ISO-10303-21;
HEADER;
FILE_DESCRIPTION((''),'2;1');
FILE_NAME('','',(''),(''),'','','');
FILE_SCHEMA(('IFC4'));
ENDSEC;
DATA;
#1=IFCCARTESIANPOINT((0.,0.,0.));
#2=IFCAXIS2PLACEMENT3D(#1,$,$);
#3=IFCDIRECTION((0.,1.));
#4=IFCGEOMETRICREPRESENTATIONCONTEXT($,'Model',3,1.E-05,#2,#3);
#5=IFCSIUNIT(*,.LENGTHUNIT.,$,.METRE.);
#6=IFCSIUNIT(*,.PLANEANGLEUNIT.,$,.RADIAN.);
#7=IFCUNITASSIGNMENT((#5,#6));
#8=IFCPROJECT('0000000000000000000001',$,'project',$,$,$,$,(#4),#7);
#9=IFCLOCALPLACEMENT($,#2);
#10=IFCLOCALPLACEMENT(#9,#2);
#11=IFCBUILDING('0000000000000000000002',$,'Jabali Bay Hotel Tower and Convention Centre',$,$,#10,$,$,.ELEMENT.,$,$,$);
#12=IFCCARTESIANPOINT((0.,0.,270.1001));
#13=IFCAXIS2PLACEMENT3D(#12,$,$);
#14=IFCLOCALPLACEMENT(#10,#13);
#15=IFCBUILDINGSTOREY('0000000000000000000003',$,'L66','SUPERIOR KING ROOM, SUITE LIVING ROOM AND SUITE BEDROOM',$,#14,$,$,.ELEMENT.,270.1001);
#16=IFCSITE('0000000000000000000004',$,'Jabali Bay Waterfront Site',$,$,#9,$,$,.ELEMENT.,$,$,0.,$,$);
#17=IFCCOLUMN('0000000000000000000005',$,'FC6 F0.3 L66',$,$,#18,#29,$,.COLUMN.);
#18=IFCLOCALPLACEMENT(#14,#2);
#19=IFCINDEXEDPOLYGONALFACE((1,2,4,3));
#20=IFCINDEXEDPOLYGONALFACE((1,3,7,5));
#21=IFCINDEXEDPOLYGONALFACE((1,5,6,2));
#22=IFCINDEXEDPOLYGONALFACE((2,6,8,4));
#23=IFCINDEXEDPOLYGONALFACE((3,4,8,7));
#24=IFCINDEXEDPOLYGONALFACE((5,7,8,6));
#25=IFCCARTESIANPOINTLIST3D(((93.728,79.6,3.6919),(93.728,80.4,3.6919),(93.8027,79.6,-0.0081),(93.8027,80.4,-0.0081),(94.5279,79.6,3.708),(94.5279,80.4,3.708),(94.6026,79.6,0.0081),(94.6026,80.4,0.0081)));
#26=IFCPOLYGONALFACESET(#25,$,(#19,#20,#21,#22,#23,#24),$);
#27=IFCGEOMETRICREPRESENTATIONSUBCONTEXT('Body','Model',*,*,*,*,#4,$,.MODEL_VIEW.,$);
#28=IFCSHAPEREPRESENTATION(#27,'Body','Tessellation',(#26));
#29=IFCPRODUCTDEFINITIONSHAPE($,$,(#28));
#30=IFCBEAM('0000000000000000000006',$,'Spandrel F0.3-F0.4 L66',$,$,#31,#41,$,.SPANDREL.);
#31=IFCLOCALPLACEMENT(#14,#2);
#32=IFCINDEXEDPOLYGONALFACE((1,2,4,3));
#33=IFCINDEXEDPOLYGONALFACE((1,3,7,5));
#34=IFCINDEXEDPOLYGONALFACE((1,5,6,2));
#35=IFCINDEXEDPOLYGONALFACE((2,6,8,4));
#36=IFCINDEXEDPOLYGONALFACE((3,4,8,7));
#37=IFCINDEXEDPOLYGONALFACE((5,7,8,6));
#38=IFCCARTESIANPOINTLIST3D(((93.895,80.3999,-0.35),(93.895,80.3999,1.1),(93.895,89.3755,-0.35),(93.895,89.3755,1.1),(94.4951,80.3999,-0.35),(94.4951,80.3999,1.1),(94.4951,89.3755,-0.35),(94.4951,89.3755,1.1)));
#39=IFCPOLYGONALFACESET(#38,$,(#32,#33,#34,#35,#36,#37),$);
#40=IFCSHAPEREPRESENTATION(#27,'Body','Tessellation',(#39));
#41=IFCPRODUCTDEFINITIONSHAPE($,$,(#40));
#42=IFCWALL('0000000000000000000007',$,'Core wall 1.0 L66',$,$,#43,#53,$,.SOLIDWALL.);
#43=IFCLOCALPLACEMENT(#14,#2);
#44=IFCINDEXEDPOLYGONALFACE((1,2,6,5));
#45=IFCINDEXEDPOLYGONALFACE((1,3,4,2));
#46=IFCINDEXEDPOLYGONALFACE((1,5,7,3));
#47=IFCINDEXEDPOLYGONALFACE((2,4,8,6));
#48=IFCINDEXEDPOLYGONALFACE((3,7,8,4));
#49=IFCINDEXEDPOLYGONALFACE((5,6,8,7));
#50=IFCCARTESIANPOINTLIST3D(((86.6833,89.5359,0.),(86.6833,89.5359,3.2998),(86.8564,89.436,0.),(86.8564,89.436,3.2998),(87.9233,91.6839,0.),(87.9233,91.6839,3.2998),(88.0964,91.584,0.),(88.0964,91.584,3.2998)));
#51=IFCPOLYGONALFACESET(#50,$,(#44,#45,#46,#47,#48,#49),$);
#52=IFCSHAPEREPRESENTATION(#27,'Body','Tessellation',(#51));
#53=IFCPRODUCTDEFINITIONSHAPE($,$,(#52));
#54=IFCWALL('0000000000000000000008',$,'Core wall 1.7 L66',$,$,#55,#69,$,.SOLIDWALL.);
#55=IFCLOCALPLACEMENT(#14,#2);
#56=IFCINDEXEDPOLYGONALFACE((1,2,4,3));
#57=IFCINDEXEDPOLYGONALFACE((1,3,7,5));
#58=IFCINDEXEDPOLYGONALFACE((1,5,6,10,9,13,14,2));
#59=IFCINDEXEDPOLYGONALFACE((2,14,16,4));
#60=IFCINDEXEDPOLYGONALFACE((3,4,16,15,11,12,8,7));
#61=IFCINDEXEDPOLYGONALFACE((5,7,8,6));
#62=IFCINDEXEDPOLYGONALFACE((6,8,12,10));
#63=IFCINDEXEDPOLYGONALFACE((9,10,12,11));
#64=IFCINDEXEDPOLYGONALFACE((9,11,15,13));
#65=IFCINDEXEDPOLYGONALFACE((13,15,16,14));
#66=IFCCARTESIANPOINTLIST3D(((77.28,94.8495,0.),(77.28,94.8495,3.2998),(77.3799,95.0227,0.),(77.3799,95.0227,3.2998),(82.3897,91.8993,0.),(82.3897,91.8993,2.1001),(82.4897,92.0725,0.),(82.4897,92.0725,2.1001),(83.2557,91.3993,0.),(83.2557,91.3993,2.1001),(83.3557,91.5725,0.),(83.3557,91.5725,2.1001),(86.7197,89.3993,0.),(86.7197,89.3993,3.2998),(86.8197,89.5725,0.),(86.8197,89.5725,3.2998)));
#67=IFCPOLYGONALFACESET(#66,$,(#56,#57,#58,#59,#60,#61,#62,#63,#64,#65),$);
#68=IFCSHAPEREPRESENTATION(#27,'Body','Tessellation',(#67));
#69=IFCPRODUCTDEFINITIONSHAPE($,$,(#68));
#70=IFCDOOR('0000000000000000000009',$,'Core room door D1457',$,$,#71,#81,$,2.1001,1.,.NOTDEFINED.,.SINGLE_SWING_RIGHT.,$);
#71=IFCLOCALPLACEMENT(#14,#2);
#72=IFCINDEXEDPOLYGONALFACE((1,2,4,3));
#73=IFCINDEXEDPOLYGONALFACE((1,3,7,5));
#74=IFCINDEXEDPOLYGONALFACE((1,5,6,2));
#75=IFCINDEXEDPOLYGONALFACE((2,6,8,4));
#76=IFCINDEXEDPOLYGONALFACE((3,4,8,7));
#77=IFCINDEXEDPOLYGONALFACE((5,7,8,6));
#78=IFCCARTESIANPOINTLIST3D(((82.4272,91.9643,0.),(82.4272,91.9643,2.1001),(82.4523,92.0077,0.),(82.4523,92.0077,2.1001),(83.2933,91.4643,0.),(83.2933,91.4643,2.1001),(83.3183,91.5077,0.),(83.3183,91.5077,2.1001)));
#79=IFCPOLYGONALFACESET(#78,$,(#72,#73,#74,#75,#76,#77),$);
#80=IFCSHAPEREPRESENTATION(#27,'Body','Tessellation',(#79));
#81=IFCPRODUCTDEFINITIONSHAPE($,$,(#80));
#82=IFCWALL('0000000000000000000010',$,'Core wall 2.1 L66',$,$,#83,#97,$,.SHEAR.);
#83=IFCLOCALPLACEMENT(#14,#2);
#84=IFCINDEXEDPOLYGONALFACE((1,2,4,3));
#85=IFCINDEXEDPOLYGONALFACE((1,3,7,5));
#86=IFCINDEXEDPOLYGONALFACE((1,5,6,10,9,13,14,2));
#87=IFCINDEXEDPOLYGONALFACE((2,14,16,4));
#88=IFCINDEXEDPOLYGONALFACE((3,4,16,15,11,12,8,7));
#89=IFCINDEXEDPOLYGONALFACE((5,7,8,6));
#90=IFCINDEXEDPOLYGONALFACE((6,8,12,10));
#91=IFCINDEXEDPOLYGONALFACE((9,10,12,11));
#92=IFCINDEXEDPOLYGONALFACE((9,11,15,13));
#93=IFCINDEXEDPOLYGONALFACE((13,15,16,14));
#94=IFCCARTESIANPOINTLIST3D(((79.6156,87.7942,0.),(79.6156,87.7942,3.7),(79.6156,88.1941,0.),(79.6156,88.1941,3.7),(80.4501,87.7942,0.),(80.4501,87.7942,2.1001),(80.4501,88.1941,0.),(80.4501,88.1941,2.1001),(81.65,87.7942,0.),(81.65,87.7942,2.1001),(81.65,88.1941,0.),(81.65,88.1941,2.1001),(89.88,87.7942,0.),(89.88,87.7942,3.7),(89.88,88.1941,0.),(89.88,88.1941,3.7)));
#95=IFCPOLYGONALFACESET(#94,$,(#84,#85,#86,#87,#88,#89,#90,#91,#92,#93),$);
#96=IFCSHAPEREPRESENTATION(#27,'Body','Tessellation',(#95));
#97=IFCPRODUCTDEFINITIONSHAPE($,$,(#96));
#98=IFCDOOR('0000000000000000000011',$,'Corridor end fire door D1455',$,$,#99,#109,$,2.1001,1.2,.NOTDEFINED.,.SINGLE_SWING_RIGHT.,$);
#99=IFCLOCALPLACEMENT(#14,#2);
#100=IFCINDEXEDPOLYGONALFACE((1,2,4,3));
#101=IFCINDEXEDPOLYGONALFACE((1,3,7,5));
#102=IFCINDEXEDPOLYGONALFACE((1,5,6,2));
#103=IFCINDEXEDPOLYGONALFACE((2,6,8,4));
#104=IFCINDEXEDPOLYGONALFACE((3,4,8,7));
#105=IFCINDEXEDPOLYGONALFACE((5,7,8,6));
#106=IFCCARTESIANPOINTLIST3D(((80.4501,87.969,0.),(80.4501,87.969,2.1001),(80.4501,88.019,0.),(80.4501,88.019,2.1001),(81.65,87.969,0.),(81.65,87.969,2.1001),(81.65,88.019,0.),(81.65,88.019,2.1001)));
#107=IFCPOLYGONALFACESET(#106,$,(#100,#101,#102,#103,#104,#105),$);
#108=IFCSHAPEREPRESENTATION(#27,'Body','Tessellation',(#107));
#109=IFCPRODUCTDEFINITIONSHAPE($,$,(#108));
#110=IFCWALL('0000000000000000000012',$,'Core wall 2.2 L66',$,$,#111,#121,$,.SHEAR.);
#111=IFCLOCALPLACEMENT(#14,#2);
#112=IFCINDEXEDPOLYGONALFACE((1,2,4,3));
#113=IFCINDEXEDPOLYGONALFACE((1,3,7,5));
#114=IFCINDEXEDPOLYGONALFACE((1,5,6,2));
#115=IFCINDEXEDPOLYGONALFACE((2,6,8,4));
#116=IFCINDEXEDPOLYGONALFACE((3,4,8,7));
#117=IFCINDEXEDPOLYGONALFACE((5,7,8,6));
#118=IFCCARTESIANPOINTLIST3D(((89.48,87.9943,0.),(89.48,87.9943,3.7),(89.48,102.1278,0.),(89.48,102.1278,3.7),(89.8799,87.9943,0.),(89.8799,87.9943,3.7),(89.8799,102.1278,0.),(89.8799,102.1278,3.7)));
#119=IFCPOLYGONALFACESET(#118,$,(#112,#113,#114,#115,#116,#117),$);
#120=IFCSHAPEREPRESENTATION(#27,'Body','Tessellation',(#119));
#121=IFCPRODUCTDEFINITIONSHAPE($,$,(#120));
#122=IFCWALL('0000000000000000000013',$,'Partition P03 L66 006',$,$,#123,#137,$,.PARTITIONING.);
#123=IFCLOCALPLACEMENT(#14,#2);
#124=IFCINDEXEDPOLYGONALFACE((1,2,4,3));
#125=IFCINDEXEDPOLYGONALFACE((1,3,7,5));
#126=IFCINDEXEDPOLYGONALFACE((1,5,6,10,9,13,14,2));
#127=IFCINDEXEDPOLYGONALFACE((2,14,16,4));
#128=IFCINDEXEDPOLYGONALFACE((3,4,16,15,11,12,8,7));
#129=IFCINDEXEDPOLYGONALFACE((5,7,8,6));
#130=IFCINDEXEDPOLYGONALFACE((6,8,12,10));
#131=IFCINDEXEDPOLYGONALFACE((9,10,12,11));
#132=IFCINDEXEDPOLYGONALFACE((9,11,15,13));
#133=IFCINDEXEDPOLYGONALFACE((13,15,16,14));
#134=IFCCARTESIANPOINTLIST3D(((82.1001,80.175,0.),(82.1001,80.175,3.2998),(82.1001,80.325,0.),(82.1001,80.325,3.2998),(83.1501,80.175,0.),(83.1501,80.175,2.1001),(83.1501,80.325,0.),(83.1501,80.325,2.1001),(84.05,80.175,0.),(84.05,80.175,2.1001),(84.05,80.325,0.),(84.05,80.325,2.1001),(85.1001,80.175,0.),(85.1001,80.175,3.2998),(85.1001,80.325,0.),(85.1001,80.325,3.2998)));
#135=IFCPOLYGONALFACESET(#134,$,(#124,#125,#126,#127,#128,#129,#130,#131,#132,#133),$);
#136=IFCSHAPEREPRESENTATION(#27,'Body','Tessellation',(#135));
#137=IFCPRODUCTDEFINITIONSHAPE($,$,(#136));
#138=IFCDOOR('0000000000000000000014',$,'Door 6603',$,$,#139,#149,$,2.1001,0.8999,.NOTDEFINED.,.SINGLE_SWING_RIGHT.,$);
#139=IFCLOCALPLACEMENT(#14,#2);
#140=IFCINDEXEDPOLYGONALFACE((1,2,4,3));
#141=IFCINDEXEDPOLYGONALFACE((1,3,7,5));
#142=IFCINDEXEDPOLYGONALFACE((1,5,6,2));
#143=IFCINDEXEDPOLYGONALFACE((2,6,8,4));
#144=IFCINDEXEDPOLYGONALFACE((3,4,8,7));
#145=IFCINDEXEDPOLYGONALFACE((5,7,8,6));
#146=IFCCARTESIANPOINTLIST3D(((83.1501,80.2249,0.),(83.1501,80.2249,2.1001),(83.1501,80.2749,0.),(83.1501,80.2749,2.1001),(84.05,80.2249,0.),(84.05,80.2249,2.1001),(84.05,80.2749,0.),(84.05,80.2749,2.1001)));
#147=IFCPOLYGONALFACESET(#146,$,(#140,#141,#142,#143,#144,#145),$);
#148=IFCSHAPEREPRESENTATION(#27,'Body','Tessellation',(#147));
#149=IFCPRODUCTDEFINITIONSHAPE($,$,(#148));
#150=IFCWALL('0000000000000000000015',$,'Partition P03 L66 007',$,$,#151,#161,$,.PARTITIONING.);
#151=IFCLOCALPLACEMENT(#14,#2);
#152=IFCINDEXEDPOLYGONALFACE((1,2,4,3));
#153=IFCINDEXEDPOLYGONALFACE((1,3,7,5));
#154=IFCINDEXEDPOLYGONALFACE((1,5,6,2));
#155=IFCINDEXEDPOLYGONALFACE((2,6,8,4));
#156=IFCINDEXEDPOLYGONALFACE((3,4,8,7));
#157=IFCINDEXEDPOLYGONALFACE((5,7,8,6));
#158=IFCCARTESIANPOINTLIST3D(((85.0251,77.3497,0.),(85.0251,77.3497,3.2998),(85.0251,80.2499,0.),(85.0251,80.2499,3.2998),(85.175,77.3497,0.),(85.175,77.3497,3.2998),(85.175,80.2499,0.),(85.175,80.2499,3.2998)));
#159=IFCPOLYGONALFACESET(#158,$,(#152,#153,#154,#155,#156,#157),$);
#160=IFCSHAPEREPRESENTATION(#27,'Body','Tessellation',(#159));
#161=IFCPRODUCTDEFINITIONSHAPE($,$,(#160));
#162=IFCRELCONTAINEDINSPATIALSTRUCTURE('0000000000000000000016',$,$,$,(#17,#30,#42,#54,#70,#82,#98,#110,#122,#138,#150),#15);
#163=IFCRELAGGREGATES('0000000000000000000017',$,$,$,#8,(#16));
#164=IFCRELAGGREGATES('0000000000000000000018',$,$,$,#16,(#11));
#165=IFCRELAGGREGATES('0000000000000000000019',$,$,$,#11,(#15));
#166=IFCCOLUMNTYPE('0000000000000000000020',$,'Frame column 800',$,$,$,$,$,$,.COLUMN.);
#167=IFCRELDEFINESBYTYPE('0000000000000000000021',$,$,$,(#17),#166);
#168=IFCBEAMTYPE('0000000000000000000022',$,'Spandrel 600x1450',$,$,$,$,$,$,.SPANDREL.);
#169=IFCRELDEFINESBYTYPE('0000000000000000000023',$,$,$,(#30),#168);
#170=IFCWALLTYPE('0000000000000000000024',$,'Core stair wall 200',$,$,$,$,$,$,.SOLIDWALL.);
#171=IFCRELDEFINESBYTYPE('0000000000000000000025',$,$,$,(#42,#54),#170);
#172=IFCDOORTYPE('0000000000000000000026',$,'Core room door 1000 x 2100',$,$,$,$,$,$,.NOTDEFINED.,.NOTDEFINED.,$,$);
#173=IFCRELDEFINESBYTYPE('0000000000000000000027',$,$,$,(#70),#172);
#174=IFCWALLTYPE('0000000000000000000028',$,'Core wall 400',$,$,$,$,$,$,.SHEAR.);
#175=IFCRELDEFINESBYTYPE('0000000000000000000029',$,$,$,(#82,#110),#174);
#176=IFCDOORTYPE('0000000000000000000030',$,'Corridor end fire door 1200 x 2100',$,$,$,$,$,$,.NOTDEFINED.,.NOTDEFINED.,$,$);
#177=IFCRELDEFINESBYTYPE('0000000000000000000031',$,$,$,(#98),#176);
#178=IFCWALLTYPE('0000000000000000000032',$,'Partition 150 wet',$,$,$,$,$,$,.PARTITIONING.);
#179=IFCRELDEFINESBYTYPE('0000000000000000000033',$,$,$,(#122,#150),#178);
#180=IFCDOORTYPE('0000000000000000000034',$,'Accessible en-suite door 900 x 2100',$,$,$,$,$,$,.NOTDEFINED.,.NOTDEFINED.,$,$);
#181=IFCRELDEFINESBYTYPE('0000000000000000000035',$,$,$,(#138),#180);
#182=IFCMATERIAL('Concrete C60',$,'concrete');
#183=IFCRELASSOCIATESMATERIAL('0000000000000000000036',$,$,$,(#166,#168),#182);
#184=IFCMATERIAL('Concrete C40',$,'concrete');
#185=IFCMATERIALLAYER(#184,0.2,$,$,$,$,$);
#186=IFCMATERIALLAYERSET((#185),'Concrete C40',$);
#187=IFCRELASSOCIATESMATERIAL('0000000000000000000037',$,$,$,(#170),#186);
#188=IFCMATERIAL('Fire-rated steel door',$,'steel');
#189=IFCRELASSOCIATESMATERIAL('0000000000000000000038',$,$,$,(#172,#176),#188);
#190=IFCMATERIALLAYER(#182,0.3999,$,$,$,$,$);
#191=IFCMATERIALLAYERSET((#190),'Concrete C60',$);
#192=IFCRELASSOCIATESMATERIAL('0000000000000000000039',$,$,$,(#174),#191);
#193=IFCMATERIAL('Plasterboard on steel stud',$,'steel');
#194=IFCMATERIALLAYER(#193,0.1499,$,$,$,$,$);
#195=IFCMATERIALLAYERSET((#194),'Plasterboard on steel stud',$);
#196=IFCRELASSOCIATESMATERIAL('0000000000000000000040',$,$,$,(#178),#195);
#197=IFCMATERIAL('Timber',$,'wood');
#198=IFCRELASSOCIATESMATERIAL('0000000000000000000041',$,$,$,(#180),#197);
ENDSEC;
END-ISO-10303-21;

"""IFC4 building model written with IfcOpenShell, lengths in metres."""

from ifc_helpers import new_model, si_unit, direction, frame, frame_2d, origin, origin_2d, place, context, subcontext, project, spatial, rectangle, extrude, material, layer, layer_set, material_profile, profile_set, type_object, element, fill, save


model = new_model("IFC4")

# Units and contexts
model_context = context("Model", 3, precision=1e-05, world=origin(), true_north=direction((0.0, 1.0)))
body_context = subcontext(model_context, "Body", "Model", "MODEL_VIEW")
ifc_project = project(units=[si_unit("LENGTHUNIT", "METRE"), si_unit("PLANEANGLEUNIT", "RADIAN")], contexts=[model_context])

# Site, building, storey
site_placement = place(None, origin())
site = spatial("IfcSite", under=ifc_project, at=site_placement, Name="Jabali Bay Waterfront Site", CompositionType="ELEMENT", RefElevation=0.0)
building_placement = place(site_placement, origin())
building = spatial("IfcBuilding", under=site, at=building_placement, Name="Jabali Bay Hotel Tower and Convention Centre", CompositionType="ELEMENT")
storey_placement = place(building_placement, frame((0.0, 0.0, 270.1001)))
storey = spatial("IfcBuildingStorey", under=building, at=storey_placement, Name="L66", Description="SUPERIOR KING ROOM, SUITE LIVING ROOM AND SUITE BEDROOM", CompositionType="ELEMENT", Elevation=270.1001)

# Column
ifc_material_1 = material(Name="Concrete C60", Category="concrete")
ifc_material_profile_1 = material_profile(ifc_material_1, rectangle(XDim=0.8, YDim=0.8, at=origin_2d()), Name="Frame column 800")
ifc_profile_set_1 = profile_set([ifc_material_profile_1], Name="Concrete C60")
column_type = type_object("IfcColumnType", Name="Frame column 800", PredefinedType="COLUMN", material=ifc_profile_set_1)
column_placement = place(storey_placement, frame((94.2026, 80.0, 0.0), z_axis=(-0.020187, 0.0, 0.999796), x_axis=(0.0, -1.0, 0.0)))
element("IfcColumn", 1, at=column_placement, inside=storey, type_object=column_type, Name="FC6 F0.3 L66", PredefinedType="COLUMN", context=body_context, shape_type="SweptSolid", body=[
    extrude(rectangle(XDim=0.8, YDim=0.8, at=origin_2d()), origin(), (0.0, 0.0, 1.0), 3.7007),
])

# Beam
ifc_material_profile_2 = material_profile(ifc_material_1, rectangle(XDim=0.6001, YDim=1.45, at=origin_2d()), Name="Spandrel 600x1450")
ifc_profile_set_2 = profile_set([ifc_material_profile_2], Name="Concrete C60")
beam_type = type_object("IfcBeamType", Name="Spandrel 600x1450", PredefinedType="SPANDREL", material=ifc_profile_set_2)
beam_placement = place(storey_placement, frame((94.1951, 80.3999, 0.375), z_axis=(0.0, 1.0, 0.0), x_axis=(-1.0, 0.0, 0.0)))
element("IfcBeam", 2, at=beam_placement, inside=storey, type_object=beam_type, Name="Spandrel F0.3-F0.4 L66", PredefinedType="SPANDREL", context=body_context, shape_type="SweptSolid", body=[
    extrude(rectangle(XDim=0.6001, YDim=1.45, at=origin_2d()), origin(), (0.0, 0.0, 1.0), 8.9756),
])

# Wall
ifc_material_2 = material(Name="Concrete C40", Category="concrete")
ifc_layer_1 = layer(ifc_material_2, 0.2)
ifc_layer_set_1 = layer_set([ifc_layer_1], Name="Concrete C40")
wall_type_1 = type_object("IfcWallType", Name="Core stair wall 200", PredefinedType="SOLIDWALL", material=ifc_layer_set_1)
wall_1_placement = place(storey_placement, frame((86.7698, 89.4858, 0.0), z_axis=(0.0, 0.0, 1.0), x_axis=(0.499961, 0.866048, 0.0)))
element("IfcWall", 3, at=wall_1_placement, inside=storey, type_object=wall_type_1, Name="Core wall 1.0 L66", PredefinedType="SOLIDWALL", context=body_context, shape_type="SweptSolid", body=[
    extrude(rectangle(XDim=2.4802, YDim=0.2, at=frame_2d((1.2402, 0.0))), origin(), (0.0, 0.0, 1.0), 3.2998),
])

# Walls, openings, doors
wall_2_placement = place(storey_placement, frame((86.7698, 89.4858, 0.0), z_axis=(0.0, 0.0, 1.0), x_axis=(-0.866018, 0.500013, 0.0)))
wall_2 = element("IfcWall", 4, at=wall_2_placement, inside=storey, type_object=wall_type_1, Name="Core wall 1.7 L66", PredefinedType="SOLIDWALL", context=body_context, shape_type="SweptSolid", body=[
    extrude(rectangle(XDim=10.9001, YDim=0.2, at=frame_2d((5.4502, 0.0))), origin(), (0.0, 0.0, 1.0), 3.2998),
])
opening_1_placement = place(wall_2_placement, frame((4.0, 0.0, 0.0)))
opening_1 = element("IfcOpeningElement", 5, at=opening_1_placement, cuts=wall_2, PredefinedType="OPENING", context=body_context, shape_type="SweptSolid", body=[
    extrude(rectangle(XDim=1.0, YDim=2.1001, at=frame_2d((0.5, 1.05))), frame((0.0, 0.1104, 0.0), z_axis=(0.0, -1.0, 0.0), x_axis=(1.0, 0.0, 0.0)), (0.0, 0.0, 1.0), 0.2209),
])
ifc_material_3 = material(Name="Fire-rated steel door", Category="steel")
door_type_1 = type_object("IfcDoorType", Name="Core room door 1000 x 2100", OperationType="NOTDEFINED", PredefinedType="NOTDEFINED", material=ifc_material_3)
door_1_placement = place(opening_1_placement, origin())
door_1 = element("IfcDoor", 6, at=door_1_placement, inside=storey, type_object=door_type_1, Name="Core room door D1457", OperationType="SINGLE_SWING_RIGHT", OverallHeight=2.1001, OverallWidth=1.0, PredefinedType="NOTDEFINED", context=body_context, shape_type="SweptSolid", body=[
    extrude(rectangle(XDim=1.0, YDim=2.1001, at=frame_2d((0.5, 1.05))), frame((0.0, 0.0249, 0.0), z_axis=(0.0, -1.0, 0.0), x_axis=(1.0, 0.0, 0.0)), (0.0, 0.0, 1.0), 0.05),
])
fill(opening_1, door_1)
ifc_layer_2 = layer(ifc_material_1, 0.3999)
ifc_layer_set_2 = layer_set([ifc_layer_2], Name="Concrete C60")
wall_type_2 = type_object("IfcWallType", Name="Core wall 400", PredefinedType="SHEAR", material=ifc_layer_set_2)
wall_3_placement = place(storey_placement, frame((79.6155, 87.9941, 0.0), z_axis=(0.0, 0.0, 1.0), x_axis=(1.0, 0.0, 0.0)))
wall_3 = element("IfcWall", 7, at=wall_3_placement, inside=storey, type_object=wall_type_2, Name="Core wall 2.1 L66", PredefinedType="SHEAR", context=body_context, shape_type="SweptSolid", body=[
    extrude(rectangle(XDim=10.2644, YDim=0.3999, at=frame_2d((5.1323, 0.0))), origin(), (0.0, 0.0, 1.0), 3.7),
])
opening_2_placement = place(wall_3_placement, frame((0.8345, 0.0, 0.0)))
opening_2 = element("IfcOpeningElement", 8, at=opening_2_placement, cuts=wall_3, PredefinedType="OPENING", context=body_context, shape_type="SweptSolid", body=[
    extrude(rectangle(XDim=1.2, YDim=2.1001, at=frame_2d((0.6001, 1.05))), frame((0.0, 0.2104, 0.0), z_axis=(0.0, -1.0, 0.0), x_axis=(1.0, 0.0, 0.0)), (0.0, 0.0, 1.0), 0.4209),
])
door_type_2 = type_object("IfcDoorType", Name="Corridor end fire door 1200 x 2100", OperationType="NOTDEFINED", PredefinedType="NOTDEFINED", material=ifc_material_3)
door_2_placement = place(opening_2_placement, origin())
door_2 = element("IfcDoor", 9, at=door_2_placement, inside=storey, type_object=door_type_2, Name="Corridor end fire door D1455", OperationType="SINGLE_SWING_RIGHT", OverallHeight=2.1001, OverallWidth=1.2, PredefinedType="NOTDEFINED", context=body_context, shape_type="SweptSolid", body=[
    extrude(rectangle(XDim=1.2, YDim=2.1001, at=frame_2d((0.6001, 1.05))), frame((0.0, 0.0249, 0.0), z_axis=(0.0, -1.0, 0.0), x_axis=(1.0, 0.0, 0.0)), (0.0, 0.0, 1.0), 0.05),
])
fill(opening_2, door_2)

# Wall
wall_4_placement = place(storey_placement, frame((89.6799, 87.9941, 0.0), z_axis=(0.0, 0.0, 1.0), x_axis=(0.0, 1.0, 0.0)))
element("IfcWall", 10, at=wall_4_placement, inside=storey, type_object=wall_type_2, Name="Core wall 2.2 L66", PredefinedType="SHEAR", context=body_context, shape_type="SweptSolid", body=[
    extrude(rectangle(XDim=14.1335, YDim=0.3999, at=frame_2d((7.0669, 0.0))), origin(), (0.0, 0.0, 1.0), 3.7),
])

# Wall, opening, door
ifc_material_4 = material(Name="Plasterboard on steel stud", Category="steel")
ifc_layer_3 = layer(ifc_material_4, 0.1499)
ifc_layer_set_3 = layer_set([ifc_layer_3], Name="Plasterboard on steel stud")
wall_type_3 = type_object("IfcWallType", Name="Partition 150 wet", PredefinedType="PARTITIONING", material=ifc_layer_set_3)
wall_5_placement = place(storey_placement, frame((82.1001, 80.25, 0.0), z_axis=(0.0, 0.0, 1.0), x_axis=(1.0, 0.0, 0.0)))
wall_5 = element("IfcWall", 11, at=wall_5_placement, inside=storey, type_object=wall_type_3, Name="Partition P03 L66 006", PredefinedType="PARTITIONING", context=body_context, shape_type="SweptSolid", body=[
    extrude(rectangle(XDim=3.0, YDim=0.1499, at=frame_2d((1.5, 0.0))), origin(), (0.0, 0.0, 1.0), 3.2998),
])
opening_3_placement = place(wall_5_placement, frame((1.05, 0.0, 0.0)))
opening_3 = element("IfcOpeningElement", 12, at=opening_3_placement, cuts=wall_5, PredefinedType="OPENING", context=body_context, shape_type="SweptSolid", body=[
    extrude(rectangle(XDim=0.8999, YDim=2.1001, at=frame_2d((0.45, 1.05))), frame((0.0, 0.0854, 0.0), z_axis=(0.0, -1.0, 0.0), x_axis=(1.0, 0.0, 0.0)), (0.0, 0.0, 1.0), 0.1709),
])
ifc_material_5 = material(Name="Timber", Category="wood")
door_type_3 = type_object("IfcDoorType", Name="Accessible en-suite door 900 x 2100", OperationType="NOTDEFINED", PredefinedType="NOTDEFINED", material=ifc_material_5)
door_3_placement = place(opening_3_placement, origin())
door_3 = element("IfcDoor", 13, at=door_3_placement, inside=storey, type_object=door_type_3, Name="Door 6603", OperationType="SINGLE_SWING_RIGHT", OverallHeight=2.1001, OverallWidth=0.8999, PredefinedType="NOTDEFINED", context=body_context, shape_type="SweptSolid", body=[
    extrude(rectangle(XDim=0.8999, YDim=2.1001, at=frame_2d((0.45, 1.05))), frame((0.0, 0.0249, 0.0), z_axis=(0.0, -1.0, 0.0), x_axis=(1.0, 0.0, 0.0)), (0.0, 0.0, 1.0), 0.05),
])
fill(opening_3, door_3)

# Wall
wall_6_placement = place(storey_placement, frame((85.1001, 80.25, 0.0), z_axis=(0.0, 0.0, 1.0), x_axis=(0.0, -1.0, 0.0)))
element("IfcWall", 14, at=wall_6_placement, inside=storey, type_object=wall_type_3, Name="Partition P03 L66 007", PredefinedType="PARTITIONING", context=body_context, shape_type="SweptSolid", body=[
    extrude(rectangle(XDim=2.9001, YDim=0.1499, at=frame_2d((1.4502, 0.0))), origin(), (0.0, 0.0, 1.0), 3.2998),
])

save(model, "model.ifc")
